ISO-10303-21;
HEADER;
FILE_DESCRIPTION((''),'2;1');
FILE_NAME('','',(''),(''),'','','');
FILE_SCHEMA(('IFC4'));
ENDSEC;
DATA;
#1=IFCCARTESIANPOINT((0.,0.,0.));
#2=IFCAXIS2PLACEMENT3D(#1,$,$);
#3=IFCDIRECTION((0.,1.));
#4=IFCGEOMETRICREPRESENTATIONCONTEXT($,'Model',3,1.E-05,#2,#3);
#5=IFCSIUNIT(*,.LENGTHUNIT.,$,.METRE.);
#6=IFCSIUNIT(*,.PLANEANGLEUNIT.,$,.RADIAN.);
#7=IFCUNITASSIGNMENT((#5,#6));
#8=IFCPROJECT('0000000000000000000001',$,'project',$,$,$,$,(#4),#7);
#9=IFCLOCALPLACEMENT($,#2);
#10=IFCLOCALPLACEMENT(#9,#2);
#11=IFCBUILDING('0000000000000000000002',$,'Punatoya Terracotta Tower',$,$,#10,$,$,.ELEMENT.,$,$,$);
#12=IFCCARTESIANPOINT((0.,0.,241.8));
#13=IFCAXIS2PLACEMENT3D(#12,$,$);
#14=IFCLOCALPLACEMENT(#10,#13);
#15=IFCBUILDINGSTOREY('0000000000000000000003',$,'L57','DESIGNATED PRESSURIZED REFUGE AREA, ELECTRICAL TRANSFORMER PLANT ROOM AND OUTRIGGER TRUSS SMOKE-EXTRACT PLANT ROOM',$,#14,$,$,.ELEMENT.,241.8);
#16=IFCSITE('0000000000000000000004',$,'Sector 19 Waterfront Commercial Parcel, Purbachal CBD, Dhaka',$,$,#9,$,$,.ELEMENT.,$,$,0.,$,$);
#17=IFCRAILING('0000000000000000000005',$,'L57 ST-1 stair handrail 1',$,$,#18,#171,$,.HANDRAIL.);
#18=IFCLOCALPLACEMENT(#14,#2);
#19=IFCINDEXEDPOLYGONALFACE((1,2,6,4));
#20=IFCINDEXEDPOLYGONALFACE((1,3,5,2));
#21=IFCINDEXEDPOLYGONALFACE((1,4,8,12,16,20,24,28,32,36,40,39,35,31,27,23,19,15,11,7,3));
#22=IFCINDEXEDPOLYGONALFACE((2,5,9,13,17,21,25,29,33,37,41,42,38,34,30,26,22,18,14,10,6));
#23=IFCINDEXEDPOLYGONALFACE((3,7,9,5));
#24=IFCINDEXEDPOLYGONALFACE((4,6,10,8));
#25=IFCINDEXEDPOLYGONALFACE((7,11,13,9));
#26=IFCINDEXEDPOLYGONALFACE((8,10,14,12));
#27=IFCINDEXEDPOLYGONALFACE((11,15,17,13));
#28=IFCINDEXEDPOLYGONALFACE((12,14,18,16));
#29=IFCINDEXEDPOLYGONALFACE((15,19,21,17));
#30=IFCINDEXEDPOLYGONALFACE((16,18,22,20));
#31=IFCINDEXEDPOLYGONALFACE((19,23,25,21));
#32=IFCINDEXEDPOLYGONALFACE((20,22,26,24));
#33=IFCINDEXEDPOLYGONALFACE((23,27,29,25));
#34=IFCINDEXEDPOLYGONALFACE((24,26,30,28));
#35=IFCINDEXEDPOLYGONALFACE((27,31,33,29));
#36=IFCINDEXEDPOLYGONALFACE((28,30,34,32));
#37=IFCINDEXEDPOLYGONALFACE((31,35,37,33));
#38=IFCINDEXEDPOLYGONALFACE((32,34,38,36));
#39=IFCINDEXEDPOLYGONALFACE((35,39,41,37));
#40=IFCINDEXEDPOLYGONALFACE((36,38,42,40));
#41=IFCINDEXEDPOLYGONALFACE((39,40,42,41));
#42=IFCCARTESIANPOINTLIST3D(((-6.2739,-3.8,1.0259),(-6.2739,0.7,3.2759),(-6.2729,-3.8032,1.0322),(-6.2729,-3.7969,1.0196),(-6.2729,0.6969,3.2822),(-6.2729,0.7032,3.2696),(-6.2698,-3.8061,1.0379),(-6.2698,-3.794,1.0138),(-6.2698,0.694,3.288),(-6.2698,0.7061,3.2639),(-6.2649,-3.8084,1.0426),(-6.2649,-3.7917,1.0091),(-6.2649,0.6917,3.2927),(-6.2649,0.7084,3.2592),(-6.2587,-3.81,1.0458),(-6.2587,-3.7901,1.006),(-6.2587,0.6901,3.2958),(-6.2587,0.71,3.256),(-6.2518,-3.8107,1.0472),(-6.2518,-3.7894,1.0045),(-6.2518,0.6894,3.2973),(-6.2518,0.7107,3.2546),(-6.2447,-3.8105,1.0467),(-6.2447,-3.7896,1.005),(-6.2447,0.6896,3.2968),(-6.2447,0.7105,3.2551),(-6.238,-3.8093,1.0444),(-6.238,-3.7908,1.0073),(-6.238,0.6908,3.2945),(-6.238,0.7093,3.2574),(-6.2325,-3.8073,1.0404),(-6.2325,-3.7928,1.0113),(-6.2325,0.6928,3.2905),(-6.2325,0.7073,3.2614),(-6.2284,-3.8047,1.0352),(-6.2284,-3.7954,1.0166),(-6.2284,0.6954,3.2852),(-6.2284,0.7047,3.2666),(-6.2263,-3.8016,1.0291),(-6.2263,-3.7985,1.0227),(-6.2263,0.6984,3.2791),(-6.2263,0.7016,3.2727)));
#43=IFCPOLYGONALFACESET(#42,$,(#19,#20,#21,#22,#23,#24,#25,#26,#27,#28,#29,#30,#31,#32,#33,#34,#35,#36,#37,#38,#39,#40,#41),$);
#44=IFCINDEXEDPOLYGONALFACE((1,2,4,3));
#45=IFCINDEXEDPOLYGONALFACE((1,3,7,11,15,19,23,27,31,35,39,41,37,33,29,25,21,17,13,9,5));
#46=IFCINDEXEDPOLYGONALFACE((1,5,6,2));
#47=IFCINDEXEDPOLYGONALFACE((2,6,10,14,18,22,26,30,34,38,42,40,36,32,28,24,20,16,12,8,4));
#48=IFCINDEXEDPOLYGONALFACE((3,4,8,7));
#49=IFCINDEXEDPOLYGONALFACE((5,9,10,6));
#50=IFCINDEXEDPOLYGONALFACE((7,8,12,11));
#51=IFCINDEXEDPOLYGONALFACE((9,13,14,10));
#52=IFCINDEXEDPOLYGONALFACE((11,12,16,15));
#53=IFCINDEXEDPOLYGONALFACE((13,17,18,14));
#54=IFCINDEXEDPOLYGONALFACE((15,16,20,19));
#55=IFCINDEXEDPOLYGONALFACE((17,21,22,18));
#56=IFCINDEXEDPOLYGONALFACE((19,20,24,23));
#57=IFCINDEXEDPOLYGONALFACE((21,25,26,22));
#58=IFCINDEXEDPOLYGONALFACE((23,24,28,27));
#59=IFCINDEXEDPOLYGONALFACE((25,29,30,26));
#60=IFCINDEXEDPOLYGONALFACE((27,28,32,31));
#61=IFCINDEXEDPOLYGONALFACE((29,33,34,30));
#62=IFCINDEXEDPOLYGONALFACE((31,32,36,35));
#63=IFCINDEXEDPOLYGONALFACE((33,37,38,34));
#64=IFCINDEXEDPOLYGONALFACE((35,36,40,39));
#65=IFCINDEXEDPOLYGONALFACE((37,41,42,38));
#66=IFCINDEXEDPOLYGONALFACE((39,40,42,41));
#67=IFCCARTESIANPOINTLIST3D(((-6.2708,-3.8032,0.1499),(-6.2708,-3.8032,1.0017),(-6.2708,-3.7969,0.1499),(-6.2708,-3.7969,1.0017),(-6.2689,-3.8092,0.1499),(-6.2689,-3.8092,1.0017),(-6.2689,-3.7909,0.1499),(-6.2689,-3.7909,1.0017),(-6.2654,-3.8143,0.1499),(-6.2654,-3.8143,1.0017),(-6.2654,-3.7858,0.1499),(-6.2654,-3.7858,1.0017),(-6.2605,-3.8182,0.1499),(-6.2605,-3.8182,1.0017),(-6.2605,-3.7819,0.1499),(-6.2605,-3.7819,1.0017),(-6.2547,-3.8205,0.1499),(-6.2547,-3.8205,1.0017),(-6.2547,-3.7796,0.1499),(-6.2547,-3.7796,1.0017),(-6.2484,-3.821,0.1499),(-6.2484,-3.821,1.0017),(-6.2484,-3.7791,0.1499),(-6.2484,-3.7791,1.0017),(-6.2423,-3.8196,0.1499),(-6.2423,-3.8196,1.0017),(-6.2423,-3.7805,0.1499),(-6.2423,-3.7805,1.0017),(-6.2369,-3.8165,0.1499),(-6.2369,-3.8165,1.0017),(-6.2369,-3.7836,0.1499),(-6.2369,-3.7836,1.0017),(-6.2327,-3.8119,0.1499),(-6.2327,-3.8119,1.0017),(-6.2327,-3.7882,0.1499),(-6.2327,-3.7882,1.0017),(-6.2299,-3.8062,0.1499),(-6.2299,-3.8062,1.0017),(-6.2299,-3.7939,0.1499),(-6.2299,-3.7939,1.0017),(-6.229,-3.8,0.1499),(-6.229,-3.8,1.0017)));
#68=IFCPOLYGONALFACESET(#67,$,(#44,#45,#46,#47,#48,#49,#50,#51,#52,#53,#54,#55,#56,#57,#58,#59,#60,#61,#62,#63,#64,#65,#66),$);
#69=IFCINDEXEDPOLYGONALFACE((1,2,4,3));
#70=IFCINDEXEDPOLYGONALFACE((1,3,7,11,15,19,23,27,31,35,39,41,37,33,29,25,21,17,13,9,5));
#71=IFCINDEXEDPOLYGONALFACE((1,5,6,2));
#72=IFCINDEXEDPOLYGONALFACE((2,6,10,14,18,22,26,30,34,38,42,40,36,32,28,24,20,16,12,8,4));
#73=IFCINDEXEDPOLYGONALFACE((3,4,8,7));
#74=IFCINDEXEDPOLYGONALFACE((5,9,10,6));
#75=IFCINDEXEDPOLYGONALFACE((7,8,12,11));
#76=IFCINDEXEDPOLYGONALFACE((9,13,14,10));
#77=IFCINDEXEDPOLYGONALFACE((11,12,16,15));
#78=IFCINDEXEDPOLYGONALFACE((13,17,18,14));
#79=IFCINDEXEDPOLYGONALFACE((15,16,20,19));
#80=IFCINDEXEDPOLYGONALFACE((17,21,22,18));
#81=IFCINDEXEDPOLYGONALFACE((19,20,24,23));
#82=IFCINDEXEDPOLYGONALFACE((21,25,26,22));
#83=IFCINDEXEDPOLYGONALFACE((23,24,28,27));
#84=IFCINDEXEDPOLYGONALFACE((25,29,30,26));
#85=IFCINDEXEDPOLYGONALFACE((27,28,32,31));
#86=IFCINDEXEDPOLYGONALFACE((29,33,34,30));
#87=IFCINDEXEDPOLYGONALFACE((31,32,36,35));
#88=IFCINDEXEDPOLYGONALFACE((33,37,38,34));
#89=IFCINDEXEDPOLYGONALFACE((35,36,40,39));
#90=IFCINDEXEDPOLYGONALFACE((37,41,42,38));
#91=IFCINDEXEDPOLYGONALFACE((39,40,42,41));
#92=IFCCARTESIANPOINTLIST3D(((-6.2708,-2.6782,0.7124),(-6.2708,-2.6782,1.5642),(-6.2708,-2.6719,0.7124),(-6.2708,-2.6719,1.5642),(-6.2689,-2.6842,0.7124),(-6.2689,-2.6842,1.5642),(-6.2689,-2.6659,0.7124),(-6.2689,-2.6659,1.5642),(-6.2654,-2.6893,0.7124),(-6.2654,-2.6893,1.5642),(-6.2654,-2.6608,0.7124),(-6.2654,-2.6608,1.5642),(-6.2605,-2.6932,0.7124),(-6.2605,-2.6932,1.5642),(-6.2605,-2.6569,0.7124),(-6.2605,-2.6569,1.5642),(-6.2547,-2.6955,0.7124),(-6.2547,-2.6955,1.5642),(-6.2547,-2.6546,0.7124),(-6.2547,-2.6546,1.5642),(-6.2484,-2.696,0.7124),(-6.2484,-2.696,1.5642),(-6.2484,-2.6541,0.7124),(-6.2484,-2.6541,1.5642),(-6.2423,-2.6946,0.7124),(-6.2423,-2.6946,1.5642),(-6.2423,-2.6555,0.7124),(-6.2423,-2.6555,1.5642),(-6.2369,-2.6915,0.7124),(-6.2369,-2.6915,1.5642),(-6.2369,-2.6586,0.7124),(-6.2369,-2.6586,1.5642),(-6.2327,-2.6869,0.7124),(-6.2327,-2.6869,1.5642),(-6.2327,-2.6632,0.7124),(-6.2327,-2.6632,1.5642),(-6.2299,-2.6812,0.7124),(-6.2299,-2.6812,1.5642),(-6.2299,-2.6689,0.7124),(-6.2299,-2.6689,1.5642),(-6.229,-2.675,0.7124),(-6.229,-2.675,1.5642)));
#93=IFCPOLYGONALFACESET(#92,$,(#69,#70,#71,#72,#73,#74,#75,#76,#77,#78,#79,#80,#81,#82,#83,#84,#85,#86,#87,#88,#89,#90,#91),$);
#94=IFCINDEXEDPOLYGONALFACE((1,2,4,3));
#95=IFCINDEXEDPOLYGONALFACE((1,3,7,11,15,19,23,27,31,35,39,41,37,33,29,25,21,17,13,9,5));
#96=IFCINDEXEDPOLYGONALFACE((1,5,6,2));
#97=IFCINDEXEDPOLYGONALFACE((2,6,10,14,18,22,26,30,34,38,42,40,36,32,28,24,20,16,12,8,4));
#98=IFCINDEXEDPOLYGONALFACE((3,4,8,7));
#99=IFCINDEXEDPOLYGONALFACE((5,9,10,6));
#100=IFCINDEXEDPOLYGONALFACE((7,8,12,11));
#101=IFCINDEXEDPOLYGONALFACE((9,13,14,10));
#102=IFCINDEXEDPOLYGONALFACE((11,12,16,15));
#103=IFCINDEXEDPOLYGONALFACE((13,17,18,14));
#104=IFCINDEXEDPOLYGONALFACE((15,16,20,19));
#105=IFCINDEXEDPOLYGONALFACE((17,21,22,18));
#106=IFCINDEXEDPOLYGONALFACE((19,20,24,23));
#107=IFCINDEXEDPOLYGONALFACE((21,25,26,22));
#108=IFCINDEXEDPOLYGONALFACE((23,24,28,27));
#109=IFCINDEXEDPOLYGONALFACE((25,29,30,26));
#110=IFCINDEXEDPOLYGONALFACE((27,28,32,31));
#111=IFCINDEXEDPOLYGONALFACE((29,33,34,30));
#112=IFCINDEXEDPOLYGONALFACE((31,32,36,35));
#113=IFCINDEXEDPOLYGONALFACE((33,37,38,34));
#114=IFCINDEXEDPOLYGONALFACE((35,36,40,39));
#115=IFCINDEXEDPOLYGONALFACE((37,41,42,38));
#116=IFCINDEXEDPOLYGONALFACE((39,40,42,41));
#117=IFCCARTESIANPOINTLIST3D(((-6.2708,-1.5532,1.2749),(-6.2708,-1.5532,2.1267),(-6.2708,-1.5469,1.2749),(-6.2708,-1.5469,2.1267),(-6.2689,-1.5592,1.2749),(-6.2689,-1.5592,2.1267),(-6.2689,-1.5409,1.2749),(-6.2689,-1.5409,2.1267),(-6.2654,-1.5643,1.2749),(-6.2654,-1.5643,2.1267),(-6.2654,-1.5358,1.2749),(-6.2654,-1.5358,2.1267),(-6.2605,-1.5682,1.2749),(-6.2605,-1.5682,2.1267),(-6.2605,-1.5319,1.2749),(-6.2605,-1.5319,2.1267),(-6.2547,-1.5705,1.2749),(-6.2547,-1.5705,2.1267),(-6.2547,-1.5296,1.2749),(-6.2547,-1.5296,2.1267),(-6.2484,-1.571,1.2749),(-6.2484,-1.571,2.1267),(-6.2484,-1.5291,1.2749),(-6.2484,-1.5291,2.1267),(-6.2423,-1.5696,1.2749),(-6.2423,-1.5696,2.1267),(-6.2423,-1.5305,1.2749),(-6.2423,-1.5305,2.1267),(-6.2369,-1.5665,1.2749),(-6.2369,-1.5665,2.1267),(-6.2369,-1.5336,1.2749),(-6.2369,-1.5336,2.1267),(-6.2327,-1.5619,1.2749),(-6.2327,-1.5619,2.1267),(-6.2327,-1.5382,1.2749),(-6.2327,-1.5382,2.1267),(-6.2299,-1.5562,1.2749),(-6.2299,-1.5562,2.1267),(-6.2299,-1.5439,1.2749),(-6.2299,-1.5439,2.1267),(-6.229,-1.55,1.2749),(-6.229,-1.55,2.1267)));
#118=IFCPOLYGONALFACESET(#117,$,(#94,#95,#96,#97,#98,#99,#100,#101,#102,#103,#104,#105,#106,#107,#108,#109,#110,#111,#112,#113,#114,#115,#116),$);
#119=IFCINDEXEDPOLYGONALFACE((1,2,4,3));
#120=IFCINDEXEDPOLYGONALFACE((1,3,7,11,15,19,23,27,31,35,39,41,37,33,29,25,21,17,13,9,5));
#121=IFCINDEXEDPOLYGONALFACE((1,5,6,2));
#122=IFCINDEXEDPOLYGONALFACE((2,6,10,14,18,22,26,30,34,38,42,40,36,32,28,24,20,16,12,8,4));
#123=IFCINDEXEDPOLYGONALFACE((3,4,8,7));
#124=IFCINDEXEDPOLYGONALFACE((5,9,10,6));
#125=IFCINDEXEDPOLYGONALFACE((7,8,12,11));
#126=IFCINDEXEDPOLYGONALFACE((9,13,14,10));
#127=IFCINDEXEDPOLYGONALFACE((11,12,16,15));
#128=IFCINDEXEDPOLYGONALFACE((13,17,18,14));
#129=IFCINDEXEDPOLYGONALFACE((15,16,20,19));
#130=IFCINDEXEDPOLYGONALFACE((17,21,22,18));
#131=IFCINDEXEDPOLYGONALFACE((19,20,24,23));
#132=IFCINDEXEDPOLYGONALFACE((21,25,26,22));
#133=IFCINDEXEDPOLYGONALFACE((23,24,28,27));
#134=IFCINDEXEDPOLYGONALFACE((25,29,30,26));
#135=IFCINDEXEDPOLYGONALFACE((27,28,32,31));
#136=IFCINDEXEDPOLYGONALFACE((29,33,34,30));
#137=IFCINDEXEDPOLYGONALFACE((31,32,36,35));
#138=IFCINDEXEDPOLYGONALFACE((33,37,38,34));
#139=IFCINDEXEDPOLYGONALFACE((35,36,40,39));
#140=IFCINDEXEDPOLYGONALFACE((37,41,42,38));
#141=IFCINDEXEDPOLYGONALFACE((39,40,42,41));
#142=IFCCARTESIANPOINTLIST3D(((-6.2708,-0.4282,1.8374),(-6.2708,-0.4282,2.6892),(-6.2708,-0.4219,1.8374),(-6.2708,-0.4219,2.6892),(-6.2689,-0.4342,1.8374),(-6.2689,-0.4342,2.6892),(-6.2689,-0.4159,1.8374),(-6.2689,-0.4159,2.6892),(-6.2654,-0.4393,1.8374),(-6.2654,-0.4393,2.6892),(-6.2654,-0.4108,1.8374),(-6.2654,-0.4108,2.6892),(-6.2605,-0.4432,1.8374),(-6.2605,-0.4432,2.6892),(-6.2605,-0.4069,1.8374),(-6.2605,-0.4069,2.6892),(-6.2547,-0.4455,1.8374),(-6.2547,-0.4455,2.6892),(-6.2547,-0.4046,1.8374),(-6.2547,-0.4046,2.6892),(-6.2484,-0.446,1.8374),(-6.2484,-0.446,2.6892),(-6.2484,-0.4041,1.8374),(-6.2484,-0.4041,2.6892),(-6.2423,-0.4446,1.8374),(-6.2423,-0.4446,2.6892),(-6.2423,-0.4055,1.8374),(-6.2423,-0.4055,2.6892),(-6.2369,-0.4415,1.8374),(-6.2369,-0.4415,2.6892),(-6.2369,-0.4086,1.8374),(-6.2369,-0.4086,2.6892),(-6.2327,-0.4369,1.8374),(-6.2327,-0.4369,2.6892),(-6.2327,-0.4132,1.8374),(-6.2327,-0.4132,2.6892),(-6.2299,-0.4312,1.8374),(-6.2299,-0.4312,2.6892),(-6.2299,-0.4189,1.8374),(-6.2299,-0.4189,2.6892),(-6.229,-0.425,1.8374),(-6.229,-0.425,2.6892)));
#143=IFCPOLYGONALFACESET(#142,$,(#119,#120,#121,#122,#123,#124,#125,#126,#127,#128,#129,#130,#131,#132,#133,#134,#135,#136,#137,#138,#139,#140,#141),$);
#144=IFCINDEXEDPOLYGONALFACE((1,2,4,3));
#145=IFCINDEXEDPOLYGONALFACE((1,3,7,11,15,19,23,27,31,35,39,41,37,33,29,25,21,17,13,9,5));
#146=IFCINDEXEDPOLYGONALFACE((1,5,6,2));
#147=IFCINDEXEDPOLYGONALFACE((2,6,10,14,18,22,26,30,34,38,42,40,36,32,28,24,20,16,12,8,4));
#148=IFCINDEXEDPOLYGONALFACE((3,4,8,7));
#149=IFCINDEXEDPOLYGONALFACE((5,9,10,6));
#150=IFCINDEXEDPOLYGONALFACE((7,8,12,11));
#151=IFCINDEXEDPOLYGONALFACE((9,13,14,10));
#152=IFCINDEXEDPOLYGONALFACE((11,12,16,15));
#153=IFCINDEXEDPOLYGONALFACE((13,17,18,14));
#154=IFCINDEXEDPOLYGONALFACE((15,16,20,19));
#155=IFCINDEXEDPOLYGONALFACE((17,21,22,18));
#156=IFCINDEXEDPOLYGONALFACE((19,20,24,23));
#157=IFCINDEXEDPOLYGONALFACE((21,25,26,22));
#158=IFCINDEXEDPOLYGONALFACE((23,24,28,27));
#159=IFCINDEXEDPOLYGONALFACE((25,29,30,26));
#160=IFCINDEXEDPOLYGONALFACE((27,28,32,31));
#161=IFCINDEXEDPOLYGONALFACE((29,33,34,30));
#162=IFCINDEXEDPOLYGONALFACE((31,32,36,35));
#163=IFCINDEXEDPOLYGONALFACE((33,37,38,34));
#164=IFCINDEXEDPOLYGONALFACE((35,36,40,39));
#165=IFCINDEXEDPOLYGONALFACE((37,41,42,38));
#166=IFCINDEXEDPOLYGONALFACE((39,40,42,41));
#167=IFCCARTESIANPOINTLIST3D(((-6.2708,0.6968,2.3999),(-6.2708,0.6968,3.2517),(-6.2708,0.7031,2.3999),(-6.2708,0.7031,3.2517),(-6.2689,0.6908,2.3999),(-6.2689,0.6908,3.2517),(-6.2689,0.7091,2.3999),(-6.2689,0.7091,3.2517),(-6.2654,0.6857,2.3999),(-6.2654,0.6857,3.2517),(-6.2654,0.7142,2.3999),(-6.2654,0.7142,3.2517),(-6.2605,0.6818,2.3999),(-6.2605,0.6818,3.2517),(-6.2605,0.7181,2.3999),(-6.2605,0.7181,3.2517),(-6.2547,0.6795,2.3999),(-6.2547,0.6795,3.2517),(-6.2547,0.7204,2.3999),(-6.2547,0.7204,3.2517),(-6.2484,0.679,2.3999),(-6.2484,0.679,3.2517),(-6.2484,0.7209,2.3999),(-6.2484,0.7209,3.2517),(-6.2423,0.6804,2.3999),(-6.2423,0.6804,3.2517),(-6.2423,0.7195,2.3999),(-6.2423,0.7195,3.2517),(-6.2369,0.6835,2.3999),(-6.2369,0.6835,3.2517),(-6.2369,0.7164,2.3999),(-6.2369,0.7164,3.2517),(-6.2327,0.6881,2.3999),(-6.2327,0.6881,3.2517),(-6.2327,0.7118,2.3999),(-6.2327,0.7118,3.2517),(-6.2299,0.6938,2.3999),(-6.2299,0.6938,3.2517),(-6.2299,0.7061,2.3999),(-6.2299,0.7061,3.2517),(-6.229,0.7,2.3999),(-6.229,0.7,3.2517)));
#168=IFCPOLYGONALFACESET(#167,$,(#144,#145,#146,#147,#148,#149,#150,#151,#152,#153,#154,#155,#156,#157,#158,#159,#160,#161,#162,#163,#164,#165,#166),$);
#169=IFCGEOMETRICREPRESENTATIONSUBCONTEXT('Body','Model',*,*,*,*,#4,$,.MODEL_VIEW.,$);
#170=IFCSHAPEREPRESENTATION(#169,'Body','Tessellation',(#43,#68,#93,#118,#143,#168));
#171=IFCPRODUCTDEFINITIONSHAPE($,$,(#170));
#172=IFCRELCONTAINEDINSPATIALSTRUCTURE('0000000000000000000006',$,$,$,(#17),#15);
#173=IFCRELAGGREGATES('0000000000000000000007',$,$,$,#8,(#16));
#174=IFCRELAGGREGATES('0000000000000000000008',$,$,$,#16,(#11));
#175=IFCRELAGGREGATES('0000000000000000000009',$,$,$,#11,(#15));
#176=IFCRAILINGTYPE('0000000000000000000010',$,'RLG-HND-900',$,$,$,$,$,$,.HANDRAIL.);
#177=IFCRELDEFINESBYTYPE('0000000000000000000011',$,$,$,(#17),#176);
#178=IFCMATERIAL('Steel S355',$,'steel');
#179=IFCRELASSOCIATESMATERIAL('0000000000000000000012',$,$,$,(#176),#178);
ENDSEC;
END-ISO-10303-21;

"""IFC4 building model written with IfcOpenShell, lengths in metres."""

from ifc_helpers import new_model, si_unit, direction, frame, origin, origin_2d, place, context, subcontext, project, spatial, circle, extrude, material, type_object, element, save


model = new_model("IFC4")

# Units and contexts
model_context = context("Model", 3, precision=1e-05, world=origin(), true_north=direction((0.0, 1.0)))
body_context = subcontext(model_context, "Body", "Model", "MODEL_VIEW")
ifc_project = project(units=[si_unit("LENGTHUNIT", "METRE"), si_unit("PLANEANGLEUNIT", "RADIAN")], contexts=[model_context])

# Site, building, storey
site_placement = place(None, origin())
site = spatial("IfcSite", under=ifc_project, at=site_placement, Name="Sector 19 Waterfront Commercial Parcel, Purbachal CBD, Dhaka", CompositionType="ELEMENT", RefElevation=0.0)
building_placement = place(site_placement, origin())
building = spatial("IfcBuilding", under=site, at=building_placement, Name="Punatoya Terracotta Tower", CompositionType="ELEMENT")
storey_placement = place(building_placement, frame((0.0, 0.0, 241.8)))
storey = spatial("IfcBuildingStorey", under=building, at=storey_placement, Name="L57", Description="DESIGNATED PRESSURIZED REFUGE AREA, ELECTRICAL TRANSFORMER PLANT ROOM AND OUTRIGGER TRUSS SMOKE-EXTRACT PLANT ROOM", CompositionType="ELEMENT", Elevation=241.8)

# Shared definitions
ifc_material_1 = material(Name="Steel S355", Category="steel")

# Railing
railing_type_1 = type_object("IfcRailingType", Name="RLG-HND-900", PredefinedType="HANDRAIL", material=ifc_material_1)
railing_1_placement = place(storey_placement, frame((-6.25, -3.8, 0.1499)))
element("IfcRailing", 1, at=railing_1_placement, inside=storey, type_object=railing_type_1, Name="L57 ST-1 stair handrail 1", PredefinedType="HANDRAIL", context=body_context, shape_type="SweptSolid", body=[
    extrude(circle(Radius=0.0239, at=origin_2d()), frame((0.0, 0.0, 0.876), z_axis=(0.0, 0.894427, 0.447214), x_axis=(-1.0, 0.0, 0.0)), (0.0, 0.0, 1.0), 5.0312),
    extrude(circle(Radius=0.021, at=origin_2d()), origin(), (0.0, 0.0, 1.0), 0.8518),
    extrude(circle(Radius=0.021, at=origin_2d()), frame((0.0, 1.125, 0.5625)), (0.0, 0.0, 1.0), 0.8518),
    extrude(circle(Radius=0.021, at=origin_2d()), frame((0.0, 2.25, 1.125)), (0.0, 0.0, 1.0), 0.8518),
    extrude(circle(Radius=0.021, at=origin_2d()), frame((0.0, 3.375, 1.6875)), (0.0, 0.0, 1.0), 0.8518),
    extrude(circle(Radius=0.021, at=origin_2d()), frame((0.0, 4.5, 2.25)), (0.0, 0.0, 1.0), 0.8518),
])

save(model, "model.ifc")
